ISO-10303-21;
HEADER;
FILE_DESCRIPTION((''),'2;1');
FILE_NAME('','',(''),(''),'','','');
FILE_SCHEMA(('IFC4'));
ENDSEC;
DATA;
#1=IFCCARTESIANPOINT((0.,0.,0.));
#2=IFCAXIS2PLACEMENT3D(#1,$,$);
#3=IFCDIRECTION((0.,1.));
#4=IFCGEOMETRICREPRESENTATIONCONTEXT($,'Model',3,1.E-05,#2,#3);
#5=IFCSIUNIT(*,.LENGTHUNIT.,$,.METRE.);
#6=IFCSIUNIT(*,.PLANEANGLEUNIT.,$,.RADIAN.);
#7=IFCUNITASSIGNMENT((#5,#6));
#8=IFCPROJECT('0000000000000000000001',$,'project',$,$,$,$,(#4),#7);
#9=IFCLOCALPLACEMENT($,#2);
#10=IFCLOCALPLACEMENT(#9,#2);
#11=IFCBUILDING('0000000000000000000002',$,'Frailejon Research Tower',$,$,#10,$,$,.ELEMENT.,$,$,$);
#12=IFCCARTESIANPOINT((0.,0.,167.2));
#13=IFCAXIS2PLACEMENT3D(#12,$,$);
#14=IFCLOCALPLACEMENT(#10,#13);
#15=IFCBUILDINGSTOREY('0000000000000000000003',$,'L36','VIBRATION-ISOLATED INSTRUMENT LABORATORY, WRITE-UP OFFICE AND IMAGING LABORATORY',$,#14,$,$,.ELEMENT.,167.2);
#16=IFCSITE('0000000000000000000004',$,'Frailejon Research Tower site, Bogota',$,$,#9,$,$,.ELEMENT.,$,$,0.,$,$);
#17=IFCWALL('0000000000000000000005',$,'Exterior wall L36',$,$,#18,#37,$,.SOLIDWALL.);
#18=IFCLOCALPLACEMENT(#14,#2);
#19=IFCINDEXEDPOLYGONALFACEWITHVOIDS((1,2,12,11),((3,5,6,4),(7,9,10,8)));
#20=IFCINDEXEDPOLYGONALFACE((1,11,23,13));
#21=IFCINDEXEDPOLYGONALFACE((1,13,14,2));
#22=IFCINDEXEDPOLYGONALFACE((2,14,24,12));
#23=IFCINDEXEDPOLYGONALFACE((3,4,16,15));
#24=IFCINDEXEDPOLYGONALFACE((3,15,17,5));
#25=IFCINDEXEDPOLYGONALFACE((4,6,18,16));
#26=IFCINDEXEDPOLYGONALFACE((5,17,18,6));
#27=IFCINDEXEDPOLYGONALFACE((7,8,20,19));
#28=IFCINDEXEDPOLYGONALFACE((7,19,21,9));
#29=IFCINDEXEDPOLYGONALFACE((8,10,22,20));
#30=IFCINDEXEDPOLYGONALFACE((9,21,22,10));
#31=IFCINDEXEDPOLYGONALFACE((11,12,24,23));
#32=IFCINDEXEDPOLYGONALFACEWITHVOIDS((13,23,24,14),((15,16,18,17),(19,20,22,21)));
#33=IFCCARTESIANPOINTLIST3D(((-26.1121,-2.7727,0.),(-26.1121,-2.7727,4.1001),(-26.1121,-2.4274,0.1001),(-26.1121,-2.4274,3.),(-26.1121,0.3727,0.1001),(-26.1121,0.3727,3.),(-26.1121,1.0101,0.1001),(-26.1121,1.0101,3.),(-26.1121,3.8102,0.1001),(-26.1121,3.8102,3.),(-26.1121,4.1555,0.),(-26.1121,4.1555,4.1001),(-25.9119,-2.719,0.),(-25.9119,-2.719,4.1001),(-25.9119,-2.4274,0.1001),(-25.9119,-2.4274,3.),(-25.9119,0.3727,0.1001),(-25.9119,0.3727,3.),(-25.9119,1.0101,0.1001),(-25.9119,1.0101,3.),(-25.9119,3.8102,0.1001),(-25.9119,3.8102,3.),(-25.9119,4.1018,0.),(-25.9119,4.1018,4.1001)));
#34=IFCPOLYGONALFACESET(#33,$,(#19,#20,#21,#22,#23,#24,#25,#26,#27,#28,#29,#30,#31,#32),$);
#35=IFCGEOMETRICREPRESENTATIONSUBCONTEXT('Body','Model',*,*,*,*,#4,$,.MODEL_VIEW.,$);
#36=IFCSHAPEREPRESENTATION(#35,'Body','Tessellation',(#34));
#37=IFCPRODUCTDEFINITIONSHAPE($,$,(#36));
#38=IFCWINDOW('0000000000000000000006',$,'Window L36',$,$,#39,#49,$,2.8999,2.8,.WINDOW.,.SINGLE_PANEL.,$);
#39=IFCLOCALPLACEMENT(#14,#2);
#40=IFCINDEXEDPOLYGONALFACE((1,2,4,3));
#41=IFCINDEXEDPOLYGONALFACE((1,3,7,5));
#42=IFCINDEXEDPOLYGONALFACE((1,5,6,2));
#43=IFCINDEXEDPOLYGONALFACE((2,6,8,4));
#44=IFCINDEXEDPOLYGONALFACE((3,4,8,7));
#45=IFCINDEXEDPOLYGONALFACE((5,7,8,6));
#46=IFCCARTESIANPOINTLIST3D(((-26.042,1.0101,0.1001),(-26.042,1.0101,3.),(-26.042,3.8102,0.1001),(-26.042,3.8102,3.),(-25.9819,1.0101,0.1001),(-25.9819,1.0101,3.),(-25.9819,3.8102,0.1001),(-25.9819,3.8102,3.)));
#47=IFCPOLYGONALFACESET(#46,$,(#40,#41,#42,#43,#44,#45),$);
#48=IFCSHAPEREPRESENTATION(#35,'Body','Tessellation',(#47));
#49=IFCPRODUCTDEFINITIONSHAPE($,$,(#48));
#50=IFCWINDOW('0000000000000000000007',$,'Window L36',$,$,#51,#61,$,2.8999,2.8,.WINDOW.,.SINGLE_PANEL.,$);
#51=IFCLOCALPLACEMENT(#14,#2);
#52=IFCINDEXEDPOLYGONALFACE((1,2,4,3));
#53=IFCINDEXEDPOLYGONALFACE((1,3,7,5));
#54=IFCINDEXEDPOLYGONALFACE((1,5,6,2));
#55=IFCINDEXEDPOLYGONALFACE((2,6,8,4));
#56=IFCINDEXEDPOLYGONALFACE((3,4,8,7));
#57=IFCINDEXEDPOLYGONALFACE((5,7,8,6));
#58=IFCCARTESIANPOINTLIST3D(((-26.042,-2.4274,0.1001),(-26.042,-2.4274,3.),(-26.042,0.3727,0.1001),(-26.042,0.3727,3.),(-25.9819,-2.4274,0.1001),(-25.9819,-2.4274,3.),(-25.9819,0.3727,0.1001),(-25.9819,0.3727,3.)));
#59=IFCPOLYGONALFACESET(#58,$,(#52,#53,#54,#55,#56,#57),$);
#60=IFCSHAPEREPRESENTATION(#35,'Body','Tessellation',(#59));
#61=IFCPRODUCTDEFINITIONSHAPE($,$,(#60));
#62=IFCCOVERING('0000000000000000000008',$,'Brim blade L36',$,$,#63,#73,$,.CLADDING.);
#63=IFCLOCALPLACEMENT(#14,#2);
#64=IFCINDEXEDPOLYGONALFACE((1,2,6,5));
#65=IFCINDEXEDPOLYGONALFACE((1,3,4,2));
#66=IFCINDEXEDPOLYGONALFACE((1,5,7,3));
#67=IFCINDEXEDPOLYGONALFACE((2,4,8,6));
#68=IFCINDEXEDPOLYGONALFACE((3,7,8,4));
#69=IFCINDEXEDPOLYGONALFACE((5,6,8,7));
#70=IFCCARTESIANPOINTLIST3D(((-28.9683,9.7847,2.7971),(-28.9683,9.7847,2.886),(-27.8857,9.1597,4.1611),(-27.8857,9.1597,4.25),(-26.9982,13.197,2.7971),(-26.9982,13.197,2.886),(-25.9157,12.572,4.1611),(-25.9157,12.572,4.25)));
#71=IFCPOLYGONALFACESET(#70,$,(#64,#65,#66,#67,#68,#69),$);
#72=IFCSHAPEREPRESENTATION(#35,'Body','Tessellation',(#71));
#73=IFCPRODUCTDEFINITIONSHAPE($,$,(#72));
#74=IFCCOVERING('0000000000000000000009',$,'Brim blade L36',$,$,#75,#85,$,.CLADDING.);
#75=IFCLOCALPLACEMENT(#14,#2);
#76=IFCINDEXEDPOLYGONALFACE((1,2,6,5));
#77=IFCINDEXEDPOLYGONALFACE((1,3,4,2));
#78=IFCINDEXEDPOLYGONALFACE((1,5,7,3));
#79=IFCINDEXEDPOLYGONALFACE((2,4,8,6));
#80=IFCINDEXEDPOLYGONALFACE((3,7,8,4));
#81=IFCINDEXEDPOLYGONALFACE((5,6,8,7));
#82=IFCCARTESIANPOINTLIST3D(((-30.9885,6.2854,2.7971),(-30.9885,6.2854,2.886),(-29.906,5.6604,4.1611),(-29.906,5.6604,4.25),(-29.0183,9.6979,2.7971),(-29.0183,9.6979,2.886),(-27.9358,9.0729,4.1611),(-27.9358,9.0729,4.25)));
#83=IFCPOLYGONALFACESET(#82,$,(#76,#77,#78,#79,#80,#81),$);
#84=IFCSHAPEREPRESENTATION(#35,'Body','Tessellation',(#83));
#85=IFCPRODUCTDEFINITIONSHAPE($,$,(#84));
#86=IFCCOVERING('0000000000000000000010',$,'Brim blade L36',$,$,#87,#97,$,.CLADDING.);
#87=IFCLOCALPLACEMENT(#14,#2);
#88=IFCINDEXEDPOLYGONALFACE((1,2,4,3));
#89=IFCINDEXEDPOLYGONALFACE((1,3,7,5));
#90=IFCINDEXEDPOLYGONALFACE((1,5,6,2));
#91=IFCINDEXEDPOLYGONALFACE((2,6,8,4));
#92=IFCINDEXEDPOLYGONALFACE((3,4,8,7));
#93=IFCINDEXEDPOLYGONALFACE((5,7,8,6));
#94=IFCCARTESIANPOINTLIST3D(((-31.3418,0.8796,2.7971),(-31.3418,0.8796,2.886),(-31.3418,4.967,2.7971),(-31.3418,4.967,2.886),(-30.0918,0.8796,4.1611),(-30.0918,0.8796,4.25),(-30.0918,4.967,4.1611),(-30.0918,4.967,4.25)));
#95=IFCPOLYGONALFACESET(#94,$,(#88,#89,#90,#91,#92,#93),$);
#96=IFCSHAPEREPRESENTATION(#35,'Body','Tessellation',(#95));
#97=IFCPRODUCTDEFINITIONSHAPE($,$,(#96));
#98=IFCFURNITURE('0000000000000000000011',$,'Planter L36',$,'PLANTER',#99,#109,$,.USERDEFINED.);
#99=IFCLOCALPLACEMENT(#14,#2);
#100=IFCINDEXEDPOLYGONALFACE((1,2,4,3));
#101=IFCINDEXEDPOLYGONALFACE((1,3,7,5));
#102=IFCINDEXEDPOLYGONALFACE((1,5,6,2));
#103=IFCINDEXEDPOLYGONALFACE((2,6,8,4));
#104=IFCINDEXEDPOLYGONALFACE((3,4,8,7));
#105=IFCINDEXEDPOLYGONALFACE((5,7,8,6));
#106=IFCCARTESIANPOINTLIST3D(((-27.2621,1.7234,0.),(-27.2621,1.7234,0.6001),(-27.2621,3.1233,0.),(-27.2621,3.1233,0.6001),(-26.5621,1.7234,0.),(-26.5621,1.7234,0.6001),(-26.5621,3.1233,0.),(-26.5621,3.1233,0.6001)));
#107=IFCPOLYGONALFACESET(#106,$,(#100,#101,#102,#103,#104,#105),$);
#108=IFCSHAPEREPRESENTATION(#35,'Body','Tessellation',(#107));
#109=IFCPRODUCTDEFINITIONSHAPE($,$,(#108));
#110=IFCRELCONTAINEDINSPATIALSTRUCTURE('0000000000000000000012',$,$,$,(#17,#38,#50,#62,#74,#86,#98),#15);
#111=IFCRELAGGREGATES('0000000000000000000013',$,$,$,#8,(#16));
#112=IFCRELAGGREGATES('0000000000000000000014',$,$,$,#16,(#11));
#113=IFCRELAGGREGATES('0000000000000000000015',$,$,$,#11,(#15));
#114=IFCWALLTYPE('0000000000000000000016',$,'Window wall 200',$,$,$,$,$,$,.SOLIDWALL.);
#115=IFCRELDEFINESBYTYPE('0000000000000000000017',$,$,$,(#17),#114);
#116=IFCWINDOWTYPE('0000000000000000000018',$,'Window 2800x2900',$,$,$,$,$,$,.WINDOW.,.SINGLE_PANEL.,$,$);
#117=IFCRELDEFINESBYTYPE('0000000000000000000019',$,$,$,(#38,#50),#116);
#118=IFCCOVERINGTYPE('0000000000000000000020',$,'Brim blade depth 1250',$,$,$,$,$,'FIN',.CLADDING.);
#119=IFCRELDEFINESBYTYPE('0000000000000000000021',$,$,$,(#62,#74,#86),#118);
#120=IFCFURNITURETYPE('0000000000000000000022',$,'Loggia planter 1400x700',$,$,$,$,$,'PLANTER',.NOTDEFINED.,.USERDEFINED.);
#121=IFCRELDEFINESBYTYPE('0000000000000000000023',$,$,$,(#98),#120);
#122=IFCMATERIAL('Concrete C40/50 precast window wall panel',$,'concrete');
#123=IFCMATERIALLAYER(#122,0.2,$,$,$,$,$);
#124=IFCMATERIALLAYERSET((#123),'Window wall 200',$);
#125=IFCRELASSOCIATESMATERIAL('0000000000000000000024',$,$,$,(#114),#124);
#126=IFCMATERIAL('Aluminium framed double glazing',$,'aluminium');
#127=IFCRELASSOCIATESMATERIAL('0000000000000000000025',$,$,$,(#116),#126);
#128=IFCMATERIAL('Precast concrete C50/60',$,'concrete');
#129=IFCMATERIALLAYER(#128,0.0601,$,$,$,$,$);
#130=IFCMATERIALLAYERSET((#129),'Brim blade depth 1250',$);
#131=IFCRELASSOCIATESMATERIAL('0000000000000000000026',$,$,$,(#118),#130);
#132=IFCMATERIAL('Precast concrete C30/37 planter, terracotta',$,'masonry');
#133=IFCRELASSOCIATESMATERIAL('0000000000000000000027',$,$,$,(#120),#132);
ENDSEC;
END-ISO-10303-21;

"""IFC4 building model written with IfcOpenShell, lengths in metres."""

from ifc_helpers import new_model, si_unit, direction, frame, frame_2d, origin, origin_2d, place, context, subcontext, project, spatial, polyline, rectangle, outline, extrude, material, layer, layer_set, type_object, element, fill, save


model = new_model("IFC4")

# Units and contexts
model_context = context("Model", 3, precision=1e-05, world=origin(), true_north=direction((0.0, 1.0)))
body_context = subcontext(model_context, "Body", "Model", "MODEL_VIEW")
ifc_project = project(units=[si_unit("LENGTHUNIT", "METRE"), si_unit("PLANEANGLEUNIT", "RADIAN")], contexts=[model_context])

# Site, building, storey
site_placement = place(None, origin())
site = spatial("IfcSite", under=ifc_project, at=site_placement, Name="Frailejon Research Tower site, Bogota", CompositionType="ELEMENT", RefElevation=0.0)
building_placement = place(site_placement, origin())
building = spatial("IfcBuilding", under=site, at=building_placement, Name="Frailejon Research Tower", CompositionType="ELEMENT")
storey_placement = place(building_placement, frame((0.0, 0.0, 167.2)))
storey = spatial("IfcBuildingStorey", under=building, at=storey_placement, Name="L36", Description="VIBRATION-ISOLATED INSTRUMENT LABORATORY, WRITE-UP OFFICE AND IMAGING LABORATORY", CompositionType="ELEMENT", Elevation=167.2)

# Wall, openings, windows
ifc_material_1 = material(Name="Concrete C40/50 precast window wall panel", Category="concrete")
ifc_layer_1 = layer(ifc_material_1, 0.2)
ifc_layer_set_1 = layer_set([ifc_layer_1], Name="Window wall 200")
wall_type_1 = type_object("IfcWallType", Name="Window wall 200", PredefinedType="SOLIDWALL", material=ifc_layer_set_1)
wall_1_placement = place(storey_placement, frame((-26.012, 4.1287, 0.0), z_axis=(0.0, 0.0, 1.0), x_axis=(0.0, -1.0, 0.0)))
wall_1 = element("IfcWall", 1, at=wall_1_placement, inside=storey, type_object=wall_type_1, Name="Exterior wall L36", PredefinedType="SOLIDWALL", context=body_context, shape_type="SweptSolid", body=[
    extrude(outline(polyline([(-0.0269, -0.1001), (1.1279, -0.1001), (2.2825, -0.1001), (3.4373, -0.1001), (4.592, -0.1001), (5.7466, -0.1001), (6.9014, -0.1001), (6.8477, 0.1001), (5.7109, 0.1001), (4.574, 0.1001), (3.4373, 0.1001), (2.3005, 0.1001), (1.1636, 0.1001), (0.0269, 0.1001), (-0.0269, -0.1001)])), origin(), (0.0, 0.0, 1.0), 4.1001),
])
opening_1_placement = place(wall_1_placement, frame((0.3186, 0.0, 0.1001)))
opening_1 = element("IfcOpeningElement", 2, at=opening_1_placement, cuts=wall_1, PredefinedType="OPENING", context=body_context, shape_type="SweptSolid", body=[
    extrude(rectangle(XDim=2.8, YDim=2.8999, at=frame_2d((1.3999, 1.45))), frame((0.0, 0.1099, 0.0), z_axis=(0.0, -1.0, 0.0), x_axis=(1.0, 0.0, 0.0)), (0.0, 0.0, 1.0), 0.22),
])
opening_2_placement = place(wall_1_placement, frame((3.7561, 0.0, 0.1001)))
opening_2 = element("IfcOpeningElement", 3, at=opening_2_placement, cuts=wall_1, PredefinedType="OPENING", context=body_context, shape_type="SweptSolid", body=[
    extrude(rectangle(XDim=2.8, YDim=2.8999, at=frame_2d((1.3999, 1.45))), frame((0.0, 0.1099, 0.0), z_axis=(0.0, -1.0, 0.0), x_axis=(1.0, 0.0, 0.0)), (0.0, 0.0, 1.0), 0.22),
])
ifc_material_2 = material(Name="Aluminium framed double glazing", Category="aluminium")
window_type_1 = type_object("IfcWindowType", Name="Window 2800x2900", PartitioningType="SINGLE_PANEL", PredefinedType="WINDOW", material=ifc_material_2)
window_1_placement = place(opening_1_placement, origin())
window_1 = element("IfcWindow", 4, at=window_1_placement, inside=storey, type_object=window_type_1, Name="Window L36", OverallHeight=2.8999, OverallWidth=2.8, PartitioningType="SINGLE_PANEL", PredefinedType="WINDOW", context=body_context, shape_type="SweptSolid", body=[
    extrude(rectangle(XDim=2.8, YDim=2.8999, at=frame_2d((1.3999, 1.45))), frame((0.0, 0.03, 0.0), z_axis=(0.0, -1.0, 0.0), x_axis=(1.0, 0.0, 0.0)), (0.0, 0.0, 1.0), 0.0601),
])
fill(opening_1, window_1)
window_2_placement = place(opening_2_placement, origin())
window_2 = element("IfcWindow", 5, at=window_2_placement, inside=storey, type_object=window_type_1, Name="Window L36", OverallHeight=2.8999, OverallWidth=2.8, PartitioningType="SINGLE_PANEL", PredefinedType="WINDOW", context=body_context, shape_type="SweptSolid", body=[
    extrude(rectangle(XDim=2.8, YDim=2.8999, at=frame_2d((1.3999, 1.45))), frame((0.0, 0.03, 0.0), z_axis=(0.0, -1.0, 0.0), x_axis=(1.0, 0.0, 0.0)), (0.0, 0.0, 1.0), 0.0601),
])
fill(opening_2, window_2)

# Coverings
ifc_material_3 = material(Name="Precast concrete C50/60", Category="concrete")
ifc_layer_2 = layer(ifc_material_3, 0.0601)
ifc_layer_set_2 = layer_set([ifc_layer_2], Name="Brim blade depth 1250")
covering_type = type_object("IfcCoveringType", Name="Brim blade depth 1250", ElementType="FIN", PredefinedType="CLADDING", material=ifc_layer_set_2)
covering_1_placement = place(storey_placement, frame((-27.8857, 9.1597, 4.25), z_axis=(0.499991, 0.866031, 0.0), x_axis=(-0.866031, 0.499991, 0.0)))
element("IfcCovering", 6, at=covering_1_placement, inside=storey, type_object=covering_type, Name="Brim blade L36", PredefinedType="CLADDING", context=body_context, shape_type="SweptSolid", body=[
    extrude(outline(polyline([(0.0, -0.0889), (1.25, -1.4529), (1.25, -1.364), (0.0, 0.0), (0.0, -0.0889)])), origin(), (0.0, 0.0, 1.0), 3.9402),
])
covering_2_placement = place(storey_placement, frame((-29.906, 5.6604, 4.25), z_axis=(0.499999, 0.866026, 0.0), x_axis=(-0.866026, 0.499999, 0.0)))
element("IfcCovering", 7, at=covering_2_placement, inside=storey, type_object=covering_type, Name="Brim blade L36", PredefinedType="CLADDING", context=body_context, shape_type="SweptSolid", body=[
    extrude(outline(polyline([(0.0, -0.0889), (1.25, -1.4529), (1.25, -1.364), (0.0, 0.0), (0.0, -0.0889)])), origin(), (0.0, 0.0, 1.0), 3.9404),
])
covering_3_placement = place(storey_placement, frame((-30.0918, 0.8796, 4.25), z_axis=(0.0, 1.0, 0.0), x_axis=(-1.0, 0.0, 0.0)))
element("IfcCovering", 8, at=covering_3_placement, inside=storey, type_object=covering_type, Name="Brim blade L36", PredefinedType="CLADDING", context=body_context, shape_type="SweptSolid", body=[
    extrude(outline(polyline([(0.0, -0.0889), (1.25, -1.4529), (1.25, -1.364), (0.0, 0.0), (0.0, -0.0889)])), origin(), (0.0, 0.0, 1.0), 4.0874),
])

# Furniture
ifc_material_4 = material(Name="Precast concrete C30/37 planter, terracotta", Category="masonry")
furniture_type = type_object("IfcFurnitureType", Name="Loggia planter 1400x700", ElementType="PLANTER", AssemblyPlace="NOTDEFINED", PredefinedType="USERDEFINED", material=ifc_material_4)
furniture_placement = place(storey_placement, frame((-26.9121, 2.4233, 0.0), z_axis=(0.0, 0.0, 1.0), x_axis=(0.0, -1.0, 0.0)))
element("IfcFurniture", 9, at=furniture_placement, inside=storey, type_object=furniture_type, Name="Planter L36", ObjectType="PLANTER", PredefinedType="USERDEFINED", context=body_context, shape_type="SweptSolid", body=[
    extrude(rectangle(XDim=1.3999, YDim=0.7, at=origin_2d()), origin(), (0.0, 0.0, 1.0), 0.6001),
])

save(model, "model.ifc")
